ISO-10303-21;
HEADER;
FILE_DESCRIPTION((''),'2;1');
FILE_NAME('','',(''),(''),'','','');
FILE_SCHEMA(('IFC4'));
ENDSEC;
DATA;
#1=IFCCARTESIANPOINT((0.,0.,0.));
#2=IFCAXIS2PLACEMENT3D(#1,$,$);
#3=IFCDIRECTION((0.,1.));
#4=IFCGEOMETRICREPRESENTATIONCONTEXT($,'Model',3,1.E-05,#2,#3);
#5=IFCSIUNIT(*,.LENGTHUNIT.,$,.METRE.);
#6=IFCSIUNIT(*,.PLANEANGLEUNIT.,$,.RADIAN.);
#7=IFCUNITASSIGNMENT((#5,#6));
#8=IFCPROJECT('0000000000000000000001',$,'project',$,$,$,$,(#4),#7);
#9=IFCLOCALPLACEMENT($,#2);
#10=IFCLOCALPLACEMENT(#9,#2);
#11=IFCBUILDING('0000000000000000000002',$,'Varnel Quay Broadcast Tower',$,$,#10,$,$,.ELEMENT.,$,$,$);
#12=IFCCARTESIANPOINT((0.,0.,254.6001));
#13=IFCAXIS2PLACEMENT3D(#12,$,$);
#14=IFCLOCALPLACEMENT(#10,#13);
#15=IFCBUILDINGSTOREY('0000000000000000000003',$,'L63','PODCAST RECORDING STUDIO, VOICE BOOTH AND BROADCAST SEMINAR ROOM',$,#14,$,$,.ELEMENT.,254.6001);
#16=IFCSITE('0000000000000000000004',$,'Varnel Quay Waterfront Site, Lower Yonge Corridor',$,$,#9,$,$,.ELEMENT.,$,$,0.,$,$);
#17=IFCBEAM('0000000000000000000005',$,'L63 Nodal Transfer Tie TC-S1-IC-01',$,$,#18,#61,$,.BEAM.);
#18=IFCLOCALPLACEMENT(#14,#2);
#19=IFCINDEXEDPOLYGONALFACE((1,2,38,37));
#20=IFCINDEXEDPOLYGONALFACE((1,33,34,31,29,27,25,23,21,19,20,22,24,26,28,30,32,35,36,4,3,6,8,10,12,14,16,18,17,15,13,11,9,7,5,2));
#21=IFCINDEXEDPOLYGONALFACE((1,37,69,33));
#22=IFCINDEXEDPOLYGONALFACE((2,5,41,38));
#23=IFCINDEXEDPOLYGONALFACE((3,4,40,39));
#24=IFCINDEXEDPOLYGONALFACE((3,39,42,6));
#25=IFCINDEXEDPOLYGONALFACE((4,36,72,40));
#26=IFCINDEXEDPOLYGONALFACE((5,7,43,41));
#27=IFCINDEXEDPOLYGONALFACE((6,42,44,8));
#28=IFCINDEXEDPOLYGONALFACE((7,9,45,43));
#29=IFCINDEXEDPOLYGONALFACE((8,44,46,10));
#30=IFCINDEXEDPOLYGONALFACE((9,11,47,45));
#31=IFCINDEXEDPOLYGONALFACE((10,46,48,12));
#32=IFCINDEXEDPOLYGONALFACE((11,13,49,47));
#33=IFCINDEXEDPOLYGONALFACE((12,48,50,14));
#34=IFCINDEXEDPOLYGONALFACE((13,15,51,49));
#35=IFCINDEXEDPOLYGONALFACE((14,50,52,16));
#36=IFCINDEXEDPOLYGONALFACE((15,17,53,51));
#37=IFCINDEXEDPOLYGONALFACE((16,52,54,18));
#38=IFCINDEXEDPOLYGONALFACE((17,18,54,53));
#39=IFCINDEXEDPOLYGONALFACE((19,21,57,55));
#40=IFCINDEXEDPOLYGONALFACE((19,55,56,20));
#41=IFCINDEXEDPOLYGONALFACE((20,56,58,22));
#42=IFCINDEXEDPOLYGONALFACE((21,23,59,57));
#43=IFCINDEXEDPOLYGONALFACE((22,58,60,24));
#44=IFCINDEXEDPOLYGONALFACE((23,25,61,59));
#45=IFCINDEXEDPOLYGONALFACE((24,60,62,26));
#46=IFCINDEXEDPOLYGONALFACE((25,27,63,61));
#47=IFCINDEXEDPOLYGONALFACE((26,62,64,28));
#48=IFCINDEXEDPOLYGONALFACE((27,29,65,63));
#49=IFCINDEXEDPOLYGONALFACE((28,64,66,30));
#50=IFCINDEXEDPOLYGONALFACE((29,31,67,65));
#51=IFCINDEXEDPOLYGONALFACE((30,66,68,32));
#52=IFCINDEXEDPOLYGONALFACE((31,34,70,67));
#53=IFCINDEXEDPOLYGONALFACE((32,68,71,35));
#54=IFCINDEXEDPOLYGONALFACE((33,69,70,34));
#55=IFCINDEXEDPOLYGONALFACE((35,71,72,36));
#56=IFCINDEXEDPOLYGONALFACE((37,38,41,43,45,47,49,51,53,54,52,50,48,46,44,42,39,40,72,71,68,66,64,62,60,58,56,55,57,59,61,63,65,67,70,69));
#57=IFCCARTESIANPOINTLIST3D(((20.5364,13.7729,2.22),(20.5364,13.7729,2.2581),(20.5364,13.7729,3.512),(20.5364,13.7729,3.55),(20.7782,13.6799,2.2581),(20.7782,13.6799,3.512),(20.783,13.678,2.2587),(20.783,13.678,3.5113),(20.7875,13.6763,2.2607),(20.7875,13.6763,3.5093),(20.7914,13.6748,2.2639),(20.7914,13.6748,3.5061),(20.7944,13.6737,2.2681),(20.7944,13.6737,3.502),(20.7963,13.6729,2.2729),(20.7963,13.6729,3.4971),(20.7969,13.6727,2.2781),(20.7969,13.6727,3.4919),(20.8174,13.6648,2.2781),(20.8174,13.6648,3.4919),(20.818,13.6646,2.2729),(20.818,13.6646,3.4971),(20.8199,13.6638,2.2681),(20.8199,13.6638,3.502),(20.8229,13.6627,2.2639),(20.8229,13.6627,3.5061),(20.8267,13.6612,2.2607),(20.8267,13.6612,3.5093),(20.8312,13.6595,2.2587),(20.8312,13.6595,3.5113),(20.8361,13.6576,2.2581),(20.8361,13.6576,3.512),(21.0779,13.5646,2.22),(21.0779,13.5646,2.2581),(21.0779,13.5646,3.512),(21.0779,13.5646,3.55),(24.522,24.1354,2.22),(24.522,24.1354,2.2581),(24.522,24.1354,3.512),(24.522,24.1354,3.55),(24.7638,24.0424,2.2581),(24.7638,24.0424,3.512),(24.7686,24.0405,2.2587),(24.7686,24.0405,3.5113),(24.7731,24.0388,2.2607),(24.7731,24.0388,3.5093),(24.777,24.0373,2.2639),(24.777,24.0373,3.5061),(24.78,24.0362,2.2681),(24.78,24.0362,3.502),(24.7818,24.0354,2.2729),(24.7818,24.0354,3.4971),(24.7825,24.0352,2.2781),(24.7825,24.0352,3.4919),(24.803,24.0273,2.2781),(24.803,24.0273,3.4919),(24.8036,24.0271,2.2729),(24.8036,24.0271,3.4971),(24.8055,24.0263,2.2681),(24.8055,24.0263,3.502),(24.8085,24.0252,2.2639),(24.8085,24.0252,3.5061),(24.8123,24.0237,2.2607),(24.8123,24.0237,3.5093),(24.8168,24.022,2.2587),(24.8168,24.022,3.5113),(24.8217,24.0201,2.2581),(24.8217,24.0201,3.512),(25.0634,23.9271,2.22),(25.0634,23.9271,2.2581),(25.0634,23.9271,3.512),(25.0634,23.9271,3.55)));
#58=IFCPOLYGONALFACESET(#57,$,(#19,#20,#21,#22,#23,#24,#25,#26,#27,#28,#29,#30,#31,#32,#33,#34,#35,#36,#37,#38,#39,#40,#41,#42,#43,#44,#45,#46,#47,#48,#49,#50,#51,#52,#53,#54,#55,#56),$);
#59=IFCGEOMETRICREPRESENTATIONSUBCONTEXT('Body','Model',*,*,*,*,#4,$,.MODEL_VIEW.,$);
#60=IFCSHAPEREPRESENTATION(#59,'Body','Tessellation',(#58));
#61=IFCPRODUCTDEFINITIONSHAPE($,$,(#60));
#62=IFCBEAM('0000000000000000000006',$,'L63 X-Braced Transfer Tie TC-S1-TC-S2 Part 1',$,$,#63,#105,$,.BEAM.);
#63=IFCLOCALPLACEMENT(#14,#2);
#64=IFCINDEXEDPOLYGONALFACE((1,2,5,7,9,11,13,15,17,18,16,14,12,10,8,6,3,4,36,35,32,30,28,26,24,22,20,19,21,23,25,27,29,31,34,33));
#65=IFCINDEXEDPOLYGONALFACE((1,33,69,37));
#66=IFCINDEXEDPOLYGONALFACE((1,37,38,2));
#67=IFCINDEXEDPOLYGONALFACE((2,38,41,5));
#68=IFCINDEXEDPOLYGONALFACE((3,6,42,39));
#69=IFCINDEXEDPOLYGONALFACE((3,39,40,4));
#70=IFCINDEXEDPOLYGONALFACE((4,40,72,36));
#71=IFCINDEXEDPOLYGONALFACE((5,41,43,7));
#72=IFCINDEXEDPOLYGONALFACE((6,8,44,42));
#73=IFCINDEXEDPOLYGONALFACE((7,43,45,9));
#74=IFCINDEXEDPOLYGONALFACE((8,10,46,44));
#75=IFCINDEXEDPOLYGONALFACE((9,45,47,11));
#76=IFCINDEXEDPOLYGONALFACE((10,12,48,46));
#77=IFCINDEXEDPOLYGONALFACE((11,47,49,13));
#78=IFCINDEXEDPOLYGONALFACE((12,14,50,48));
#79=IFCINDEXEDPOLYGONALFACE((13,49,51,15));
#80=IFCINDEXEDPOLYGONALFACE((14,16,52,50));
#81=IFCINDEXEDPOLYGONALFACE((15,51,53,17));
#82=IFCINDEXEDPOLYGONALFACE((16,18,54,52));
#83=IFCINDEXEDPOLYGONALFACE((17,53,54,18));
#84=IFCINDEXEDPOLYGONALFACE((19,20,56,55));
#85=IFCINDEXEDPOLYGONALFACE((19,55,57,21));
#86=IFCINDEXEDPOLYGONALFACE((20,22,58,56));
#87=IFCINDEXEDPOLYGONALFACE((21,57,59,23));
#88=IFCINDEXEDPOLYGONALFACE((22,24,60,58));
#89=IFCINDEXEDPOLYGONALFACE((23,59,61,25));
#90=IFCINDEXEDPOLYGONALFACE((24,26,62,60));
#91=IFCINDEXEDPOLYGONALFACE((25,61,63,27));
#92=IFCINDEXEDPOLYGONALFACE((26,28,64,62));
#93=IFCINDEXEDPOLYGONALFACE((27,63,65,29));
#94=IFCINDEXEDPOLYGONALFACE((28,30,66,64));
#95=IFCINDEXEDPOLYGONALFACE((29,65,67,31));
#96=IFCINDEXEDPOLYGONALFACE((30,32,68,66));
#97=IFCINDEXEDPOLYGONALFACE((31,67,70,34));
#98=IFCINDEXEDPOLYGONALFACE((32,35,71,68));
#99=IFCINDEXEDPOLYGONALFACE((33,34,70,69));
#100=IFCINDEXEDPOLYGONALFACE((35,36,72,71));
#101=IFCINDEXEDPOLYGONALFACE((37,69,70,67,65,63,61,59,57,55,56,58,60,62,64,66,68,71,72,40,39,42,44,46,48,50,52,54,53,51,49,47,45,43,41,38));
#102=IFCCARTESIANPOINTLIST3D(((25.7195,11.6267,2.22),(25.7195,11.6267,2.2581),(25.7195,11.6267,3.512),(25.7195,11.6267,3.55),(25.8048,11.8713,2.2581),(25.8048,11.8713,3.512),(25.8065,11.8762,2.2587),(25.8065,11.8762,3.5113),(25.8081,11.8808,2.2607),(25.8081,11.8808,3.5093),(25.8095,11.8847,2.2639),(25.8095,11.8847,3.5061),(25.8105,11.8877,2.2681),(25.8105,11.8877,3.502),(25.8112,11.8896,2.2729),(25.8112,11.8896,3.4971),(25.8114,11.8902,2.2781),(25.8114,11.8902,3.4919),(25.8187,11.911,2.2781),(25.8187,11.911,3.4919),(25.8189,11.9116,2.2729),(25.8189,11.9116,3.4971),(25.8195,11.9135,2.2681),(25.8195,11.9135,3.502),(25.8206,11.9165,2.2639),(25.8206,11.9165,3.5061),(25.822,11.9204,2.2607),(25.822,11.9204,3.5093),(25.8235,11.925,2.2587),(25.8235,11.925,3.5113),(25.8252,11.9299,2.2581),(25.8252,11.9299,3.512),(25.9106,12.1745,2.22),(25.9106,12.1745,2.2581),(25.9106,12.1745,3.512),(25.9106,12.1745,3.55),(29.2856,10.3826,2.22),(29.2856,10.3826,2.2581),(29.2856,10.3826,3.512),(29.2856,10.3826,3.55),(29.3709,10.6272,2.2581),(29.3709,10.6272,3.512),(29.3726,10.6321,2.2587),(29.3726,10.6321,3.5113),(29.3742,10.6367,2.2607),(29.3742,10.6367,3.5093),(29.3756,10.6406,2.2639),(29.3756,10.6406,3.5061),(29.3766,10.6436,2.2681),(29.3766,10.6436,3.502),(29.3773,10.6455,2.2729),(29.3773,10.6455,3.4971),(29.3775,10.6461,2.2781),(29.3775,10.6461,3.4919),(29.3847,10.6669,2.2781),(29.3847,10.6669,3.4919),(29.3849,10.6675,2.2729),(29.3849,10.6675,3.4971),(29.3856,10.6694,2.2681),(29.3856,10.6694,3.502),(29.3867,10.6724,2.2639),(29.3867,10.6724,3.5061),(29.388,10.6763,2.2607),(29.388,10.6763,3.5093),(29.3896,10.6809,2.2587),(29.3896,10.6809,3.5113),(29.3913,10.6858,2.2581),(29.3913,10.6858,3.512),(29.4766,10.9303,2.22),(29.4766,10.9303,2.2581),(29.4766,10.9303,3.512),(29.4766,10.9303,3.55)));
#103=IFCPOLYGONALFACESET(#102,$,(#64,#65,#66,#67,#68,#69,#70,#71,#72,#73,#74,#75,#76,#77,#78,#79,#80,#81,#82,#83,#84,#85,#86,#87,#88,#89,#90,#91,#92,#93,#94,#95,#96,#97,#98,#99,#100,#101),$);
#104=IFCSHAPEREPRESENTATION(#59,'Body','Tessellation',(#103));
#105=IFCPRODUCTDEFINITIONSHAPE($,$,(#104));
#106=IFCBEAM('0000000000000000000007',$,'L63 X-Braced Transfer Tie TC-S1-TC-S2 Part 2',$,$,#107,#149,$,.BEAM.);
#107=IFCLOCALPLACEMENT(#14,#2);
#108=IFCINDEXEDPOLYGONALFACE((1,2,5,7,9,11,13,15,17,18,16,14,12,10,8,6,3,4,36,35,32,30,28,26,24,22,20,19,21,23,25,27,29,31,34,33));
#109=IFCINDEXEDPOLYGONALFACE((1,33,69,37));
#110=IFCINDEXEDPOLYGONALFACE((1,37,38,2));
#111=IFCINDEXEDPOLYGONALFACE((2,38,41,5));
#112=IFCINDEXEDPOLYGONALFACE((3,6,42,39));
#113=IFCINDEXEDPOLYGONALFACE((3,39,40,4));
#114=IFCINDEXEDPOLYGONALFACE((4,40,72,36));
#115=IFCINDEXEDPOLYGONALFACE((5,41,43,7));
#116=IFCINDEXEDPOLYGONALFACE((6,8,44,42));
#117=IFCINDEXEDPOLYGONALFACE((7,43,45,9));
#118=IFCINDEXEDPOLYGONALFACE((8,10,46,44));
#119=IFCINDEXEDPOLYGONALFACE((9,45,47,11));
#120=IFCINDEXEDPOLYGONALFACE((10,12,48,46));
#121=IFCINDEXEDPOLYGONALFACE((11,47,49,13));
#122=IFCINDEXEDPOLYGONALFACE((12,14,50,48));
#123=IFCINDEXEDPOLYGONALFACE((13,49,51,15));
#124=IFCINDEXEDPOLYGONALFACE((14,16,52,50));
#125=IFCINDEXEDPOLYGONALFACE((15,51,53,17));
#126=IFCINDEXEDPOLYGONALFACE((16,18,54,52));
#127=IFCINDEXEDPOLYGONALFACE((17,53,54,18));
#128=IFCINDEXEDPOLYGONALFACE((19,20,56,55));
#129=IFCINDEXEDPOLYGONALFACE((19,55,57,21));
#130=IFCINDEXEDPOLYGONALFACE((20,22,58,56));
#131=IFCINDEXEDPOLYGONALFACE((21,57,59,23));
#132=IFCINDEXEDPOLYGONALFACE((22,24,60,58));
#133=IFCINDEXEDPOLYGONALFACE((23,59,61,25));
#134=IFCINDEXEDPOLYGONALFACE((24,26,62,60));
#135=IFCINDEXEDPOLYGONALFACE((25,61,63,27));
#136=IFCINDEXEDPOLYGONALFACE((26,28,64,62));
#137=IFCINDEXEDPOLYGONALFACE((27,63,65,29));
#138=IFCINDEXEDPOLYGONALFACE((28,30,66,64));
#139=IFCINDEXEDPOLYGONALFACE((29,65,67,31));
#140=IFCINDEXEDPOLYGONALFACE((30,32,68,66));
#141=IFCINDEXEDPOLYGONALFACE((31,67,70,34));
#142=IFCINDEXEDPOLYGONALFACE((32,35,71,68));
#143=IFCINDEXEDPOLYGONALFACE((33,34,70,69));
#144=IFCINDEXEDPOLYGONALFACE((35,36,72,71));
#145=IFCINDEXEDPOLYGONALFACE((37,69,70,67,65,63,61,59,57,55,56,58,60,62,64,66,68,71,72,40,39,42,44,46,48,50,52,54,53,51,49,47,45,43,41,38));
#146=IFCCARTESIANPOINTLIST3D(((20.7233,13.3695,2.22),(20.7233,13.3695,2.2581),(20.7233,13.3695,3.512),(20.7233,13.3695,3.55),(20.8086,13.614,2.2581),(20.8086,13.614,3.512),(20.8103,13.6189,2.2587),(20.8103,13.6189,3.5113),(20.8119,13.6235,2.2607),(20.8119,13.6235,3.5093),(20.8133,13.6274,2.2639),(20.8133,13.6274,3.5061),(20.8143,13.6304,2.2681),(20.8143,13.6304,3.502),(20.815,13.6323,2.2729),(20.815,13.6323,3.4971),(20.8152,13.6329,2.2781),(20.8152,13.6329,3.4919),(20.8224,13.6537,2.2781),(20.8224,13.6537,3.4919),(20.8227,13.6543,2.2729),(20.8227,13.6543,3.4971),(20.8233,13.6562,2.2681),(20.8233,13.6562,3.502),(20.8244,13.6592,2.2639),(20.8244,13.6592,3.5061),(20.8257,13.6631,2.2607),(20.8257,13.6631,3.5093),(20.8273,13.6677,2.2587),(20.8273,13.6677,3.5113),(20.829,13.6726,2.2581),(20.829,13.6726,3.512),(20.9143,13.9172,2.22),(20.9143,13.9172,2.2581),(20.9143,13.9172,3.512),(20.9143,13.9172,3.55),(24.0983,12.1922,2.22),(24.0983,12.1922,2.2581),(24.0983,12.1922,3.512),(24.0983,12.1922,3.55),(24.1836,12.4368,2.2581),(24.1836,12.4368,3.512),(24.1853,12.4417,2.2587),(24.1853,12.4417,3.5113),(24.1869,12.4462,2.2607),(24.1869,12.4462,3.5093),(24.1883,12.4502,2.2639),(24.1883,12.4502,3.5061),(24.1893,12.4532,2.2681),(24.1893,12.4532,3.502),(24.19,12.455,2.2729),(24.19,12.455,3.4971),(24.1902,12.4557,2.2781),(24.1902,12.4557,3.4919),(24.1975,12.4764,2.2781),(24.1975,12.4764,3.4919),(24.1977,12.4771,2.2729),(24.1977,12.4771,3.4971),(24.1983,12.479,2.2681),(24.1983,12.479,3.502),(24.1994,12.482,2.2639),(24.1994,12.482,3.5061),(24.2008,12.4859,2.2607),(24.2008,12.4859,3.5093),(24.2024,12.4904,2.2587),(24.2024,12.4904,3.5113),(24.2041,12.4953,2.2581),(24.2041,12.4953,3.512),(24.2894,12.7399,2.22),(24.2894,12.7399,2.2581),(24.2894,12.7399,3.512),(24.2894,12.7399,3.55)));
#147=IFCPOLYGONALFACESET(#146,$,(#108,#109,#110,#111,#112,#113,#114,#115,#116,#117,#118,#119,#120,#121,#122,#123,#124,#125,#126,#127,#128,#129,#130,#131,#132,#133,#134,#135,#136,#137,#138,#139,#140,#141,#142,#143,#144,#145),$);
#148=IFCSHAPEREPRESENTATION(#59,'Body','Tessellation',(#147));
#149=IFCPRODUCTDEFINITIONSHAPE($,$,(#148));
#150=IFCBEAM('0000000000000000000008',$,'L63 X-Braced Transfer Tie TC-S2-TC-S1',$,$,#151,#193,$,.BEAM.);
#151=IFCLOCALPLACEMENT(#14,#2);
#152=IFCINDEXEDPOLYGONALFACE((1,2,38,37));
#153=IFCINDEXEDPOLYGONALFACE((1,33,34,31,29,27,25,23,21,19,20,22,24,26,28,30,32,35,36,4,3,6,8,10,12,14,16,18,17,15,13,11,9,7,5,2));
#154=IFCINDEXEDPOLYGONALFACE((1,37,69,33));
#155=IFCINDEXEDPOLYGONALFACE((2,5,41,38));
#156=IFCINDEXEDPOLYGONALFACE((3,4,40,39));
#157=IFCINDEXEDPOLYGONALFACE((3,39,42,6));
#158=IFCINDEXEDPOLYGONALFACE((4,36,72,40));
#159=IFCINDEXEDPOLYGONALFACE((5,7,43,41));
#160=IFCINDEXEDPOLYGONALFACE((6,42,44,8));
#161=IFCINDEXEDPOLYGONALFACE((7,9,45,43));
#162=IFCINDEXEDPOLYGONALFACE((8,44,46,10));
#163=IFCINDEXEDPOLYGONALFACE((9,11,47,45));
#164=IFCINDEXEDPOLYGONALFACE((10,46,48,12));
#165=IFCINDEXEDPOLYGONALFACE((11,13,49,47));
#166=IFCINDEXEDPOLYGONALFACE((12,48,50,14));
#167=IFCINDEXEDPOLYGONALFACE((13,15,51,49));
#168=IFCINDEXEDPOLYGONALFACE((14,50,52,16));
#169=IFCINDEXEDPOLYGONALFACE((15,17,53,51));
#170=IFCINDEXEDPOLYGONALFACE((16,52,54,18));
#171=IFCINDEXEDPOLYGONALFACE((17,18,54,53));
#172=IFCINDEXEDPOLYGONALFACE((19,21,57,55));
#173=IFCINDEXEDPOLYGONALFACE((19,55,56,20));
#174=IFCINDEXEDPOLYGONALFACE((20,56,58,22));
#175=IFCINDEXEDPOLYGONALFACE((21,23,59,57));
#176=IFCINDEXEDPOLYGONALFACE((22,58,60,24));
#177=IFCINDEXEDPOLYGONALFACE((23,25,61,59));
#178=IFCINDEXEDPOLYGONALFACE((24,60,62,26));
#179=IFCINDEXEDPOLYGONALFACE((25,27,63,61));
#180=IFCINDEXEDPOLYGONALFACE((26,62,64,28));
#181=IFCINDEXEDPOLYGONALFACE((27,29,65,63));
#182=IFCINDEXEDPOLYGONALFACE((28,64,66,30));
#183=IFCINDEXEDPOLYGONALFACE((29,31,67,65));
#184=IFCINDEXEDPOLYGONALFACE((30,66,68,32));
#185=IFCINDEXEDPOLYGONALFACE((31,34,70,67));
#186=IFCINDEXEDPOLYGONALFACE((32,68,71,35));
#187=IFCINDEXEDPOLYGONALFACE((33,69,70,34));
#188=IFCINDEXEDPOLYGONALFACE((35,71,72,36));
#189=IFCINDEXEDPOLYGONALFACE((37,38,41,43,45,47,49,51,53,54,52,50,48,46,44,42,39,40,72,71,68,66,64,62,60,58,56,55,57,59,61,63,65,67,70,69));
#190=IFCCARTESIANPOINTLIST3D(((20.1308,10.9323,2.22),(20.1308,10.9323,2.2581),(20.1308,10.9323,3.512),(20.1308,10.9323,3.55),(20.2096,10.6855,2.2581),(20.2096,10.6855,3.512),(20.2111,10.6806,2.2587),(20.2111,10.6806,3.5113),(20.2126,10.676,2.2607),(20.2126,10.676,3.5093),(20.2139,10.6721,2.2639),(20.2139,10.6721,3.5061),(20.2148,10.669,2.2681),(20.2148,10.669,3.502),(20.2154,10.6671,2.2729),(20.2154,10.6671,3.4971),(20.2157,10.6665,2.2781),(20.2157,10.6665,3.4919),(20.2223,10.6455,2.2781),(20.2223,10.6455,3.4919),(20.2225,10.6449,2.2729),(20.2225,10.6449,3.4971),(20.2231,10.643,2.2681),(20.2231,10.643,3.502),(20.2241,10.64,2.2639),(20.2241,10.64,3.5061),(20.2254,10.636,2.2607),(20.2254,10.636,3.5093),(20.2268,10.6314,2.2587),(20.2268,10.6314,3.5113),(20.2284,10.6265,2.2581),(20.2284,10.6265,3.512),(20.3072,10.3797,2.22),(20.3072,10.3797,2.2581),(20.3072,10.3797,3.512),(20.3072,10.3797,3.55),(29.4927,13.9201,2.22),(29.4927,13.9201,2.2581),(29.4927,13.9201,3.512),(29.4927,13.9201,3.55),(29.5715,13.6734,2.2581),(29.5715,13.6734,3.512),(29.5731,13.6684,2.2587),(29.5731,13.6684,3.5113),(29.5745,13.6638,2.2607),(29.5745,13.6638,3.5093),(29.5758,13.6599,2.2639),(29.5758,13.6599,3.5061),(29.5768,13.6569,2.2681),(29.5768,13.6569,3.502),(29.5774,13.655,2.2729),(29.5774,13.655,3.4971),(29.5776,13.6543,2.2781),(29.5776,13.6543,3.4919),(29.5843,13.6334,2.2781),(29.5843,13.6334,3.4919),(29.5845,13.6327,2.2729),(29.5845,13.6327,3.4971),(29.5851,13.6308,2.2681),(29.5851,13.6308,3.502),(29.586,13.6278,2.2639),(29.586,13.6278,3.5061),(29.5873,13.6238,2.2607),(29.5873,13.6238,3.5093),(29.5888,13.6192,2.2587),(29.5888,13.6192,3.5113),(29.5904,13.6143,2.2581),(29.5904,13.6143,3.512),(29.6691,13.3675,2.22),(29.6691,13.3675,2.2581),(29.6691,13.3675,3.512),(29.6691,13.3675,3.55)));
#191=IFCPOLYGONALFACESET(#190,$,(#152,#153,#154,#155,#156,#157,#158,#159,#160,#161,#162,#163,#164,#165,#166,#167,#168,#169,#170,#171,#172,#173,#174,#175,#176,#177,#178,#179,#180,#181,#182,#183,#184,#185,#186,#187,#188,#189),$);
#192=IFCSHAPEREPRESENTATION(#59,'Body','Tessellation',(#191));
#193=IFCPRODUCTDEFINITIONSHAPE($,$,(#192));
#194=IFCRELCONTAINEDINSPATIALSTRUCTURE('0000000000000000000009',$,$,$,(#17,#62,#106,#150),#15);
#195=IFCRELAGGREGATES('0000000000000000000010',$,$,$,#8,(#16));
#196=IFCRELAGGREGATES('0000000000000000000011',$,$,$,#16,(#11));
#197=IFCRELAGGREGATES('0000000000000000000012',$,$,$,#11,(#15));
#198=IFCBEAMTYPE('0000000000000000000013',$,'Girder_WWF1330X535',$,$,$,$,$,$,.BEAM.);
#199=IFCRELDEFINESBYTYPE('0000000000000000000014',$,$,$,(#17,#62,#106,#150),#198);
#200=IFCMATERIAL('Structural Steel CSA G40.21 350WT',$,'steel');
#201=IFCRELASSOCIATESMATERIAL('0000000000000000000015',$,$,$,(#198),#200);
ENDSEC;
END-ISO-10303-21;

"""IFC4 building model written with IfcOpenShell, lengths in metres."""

from ifc_helpers import new_model, si_unit, direction, frame, origin, origin_2d, place, context, subcontext, project, spatial, i_section, extrude, source, transform, mapped, material, material_profile, profile_set, type_object, element, save


model = new_model("IFC4")

# Units and contexts
model_context = context("Model", 3, precision=1e-05, world=origin(), true_north=direction((0.0, 1.0)))
body_context = subcontext(model_context, "Body", "Model", "MODEL_VIEW")
ifc_project = project(units=[si_unit("LENGTHUNIT", "METRE"), si_unit("PLANEANGLEUNIT", "RADIAN")], contexts=[model_context])

# Site, building, storey
site_placement = place(None, origin())
site = spatial("IfcSite", under=ifc_project, at=site_placement, Name="Varnel Quay Waterfront Site, Lower Yonge Corridor", CompositionType="ELEMENT", RefElevation=0.0)
building_placement = place(site_placement, origin())
building = spatial("IfcBuilding", under=site, at=building_placement, Name="Varnel Quay Broadcast Tower", CompositionType="ELEMENT")
storey_placement = place(building_placement, frame((0.0, 0.0, 254.6001)))
storey = spatial("IfcBuildingStorey", under=building, at=storey_placement, Name="L63", Description="PODCAST RECORDING STUDIO, VOICE BOOTH AND BROADCAST SEMINAR ROOM", CompositionType="ELEMENT", Elevation=254.6001)

# Shared definitions
ifc_material_1 = material(Name="Structural Steel CSA G40.21 350WT", Category="steel")

# Beams
ifc_material_profile_1 = material_profile(ifc_material_1, i_section(OverallWidth=0.5801, OverallDepth=1.3301, WebThickness=0.022, FlangeThickness=0.0381, FilletRadius=0.02, at=origin_2d()), Name="WWF1330X535")
ifc_profile_set_1 = profile_set([ifc_material_profile_1], Name="Structural Steel CSA G40.21 350WT")
beam_type_1 = type_object("IfcBeamType", Name="Girder_WWF1330X535", PredefinedType="BEAM", material=ifc_profile_set_1)
shared_shape_1 = source(origin(), body_context, "Body", "SweptSolid", [
    extrude(i_section(OverallWidth=0.5801, OverallDepth=1.3301, WebThickness=0.022, FlangeThickness=0.0381, FilletRadius=0.02, at=origin_2d()), origin(), (0.0, 0.0, 1.0), 11.1025),
])
beam_1_placement = place(storey_placement, frame((24.7927, 24.0312, 2.885), z_axis=(-0.358979, -0.933346, 0.0), x_axis=(0.933346, -0.358979, 0.0)))
element("IfcBeam", 1, at=beam_1_placement, inside=storey, type_object=beam_type_1, Name="L63 Nodal Transfer Tie TC-S1-IC-01", PredefinedType="BEAM", context=body_context, shape_type="MappedRepresentation", body=[
    mapped(shared_shape_1, transform((0.0, 0.0, 0.0), x_axis=(1.0, 0.0, 0.0), y_axis=(0.0, 1.0, 0.0), z_axis=(0.0, 0.0, 1.0), scale=1.0)),
])
shared_shape_2 = source(origin(), body_context, "Body", "SweptSolid", [
    extrude(i_section(OverallWidth=0.5801, OverallDepth=1.3301, WebThickness=0.022, FlangeThickness=0.0381, FilletRadius=0.02, at=origin_2d()), origin(), (0.0, 0.0, 1.0), 3.7769),
])
beam_2_placement = place(storey_placement, frame((29.3811, 10.6565, 2.885), z_axis=(-0.944189, 0.329403, 0.0), x_axis=(-0.329403, -0.944189, 0.0)))
element("IfcBeam", 2, at=beam_2_placement, inside=storey, type_object=beam_type_1, Name="L63 X-Braced Transfer Tie TC-S1-TC-S2 Part 1", PredefinedType="BEAM", context=body_context, shape_type="MappedRepresentation", body=[
    mapped(shared_shape_2, transform((0.0, 0.0, 0.0), x_axis=(1.0, 0.0, 0.0), y_axis=(0.0, 1.0, 0.0), z_axis=(0.0, 0.0, 1.0), scale=1.0)),
])
shared_shape_3 = source(origin(), body_context, "Body", "SweptSolid", [
    extrude(i_section(OverallWidth=0.5801, OverallDepth=1.3301, WebThickness=0.022, FlangeThickness=0.0381, FilletRadius=0.02, at=origin_2d()), origin(), (0.0, 0.0, 1.0), 3.5745),
])
beam_3_placement = place(storey_placement, frame((24.1938, 12.4661, 2.885), z_axis=(-0.944207, 0.329352, 0.0), x_axis=(-0.329352, -0.944207, 0.0)))
element("IfcBeam", 3, at=beam_3_placement, inside=storey, type_object=beam_type_1, Name="L63 X-Braced Transfer Tie TC-S1-TC-S2 Part 2", PredefinedType="BEAM", context=body_context, shape_type="MappedRepresentation", body=[
    mapped(shared_shape_3, transform((0.0, 0.0, 0.0), x_axis=(1.0, 0.0, 0.0), y_axis=(0.0, 1.0, 0.0), z_axis=(0.0, 0.0, 1.0), scale=1.0)),
])
shared_shape_4 = source(origin(), body_context, "Body", "SweptSolid", [
    extrude(i_section(OverallWidth=0.5801, OverallDepth=1.3301, WebThickness=0.022, FlangeThickness=0.0381, FilletRadius=0.02, at=origin_2d()), origin(), (0.0, 0.0, 1.0), 9.8271),
])
beam_4_placement = place(storey_placement, frame((20.219, 10.656, 2.885), z_axis=(0.95266, 0.304038, 0.0), x_axis=(-0.304038, 0.95266, 0.0)))
element("IfcBeam", 4, at=beam_4_placement, inside=storey, type_object=beam_type_1, Name="L63 X-Braced Transfer Tie TC-S2-TC-S1", PredefinedType="BEAM", context=body_context, shape_type="MappedRepresentation", body=[
    mapped(shared_shape_4, transform((0.0, 0.0, 0.0), x_axis=(1.0, 0.0, 0.0), y_axis=(0.0, 1.0, 0.0), z_axis=(0.0, 0.0, 1.0), scale=1.0)),
])

save(model, "model.ifc")
